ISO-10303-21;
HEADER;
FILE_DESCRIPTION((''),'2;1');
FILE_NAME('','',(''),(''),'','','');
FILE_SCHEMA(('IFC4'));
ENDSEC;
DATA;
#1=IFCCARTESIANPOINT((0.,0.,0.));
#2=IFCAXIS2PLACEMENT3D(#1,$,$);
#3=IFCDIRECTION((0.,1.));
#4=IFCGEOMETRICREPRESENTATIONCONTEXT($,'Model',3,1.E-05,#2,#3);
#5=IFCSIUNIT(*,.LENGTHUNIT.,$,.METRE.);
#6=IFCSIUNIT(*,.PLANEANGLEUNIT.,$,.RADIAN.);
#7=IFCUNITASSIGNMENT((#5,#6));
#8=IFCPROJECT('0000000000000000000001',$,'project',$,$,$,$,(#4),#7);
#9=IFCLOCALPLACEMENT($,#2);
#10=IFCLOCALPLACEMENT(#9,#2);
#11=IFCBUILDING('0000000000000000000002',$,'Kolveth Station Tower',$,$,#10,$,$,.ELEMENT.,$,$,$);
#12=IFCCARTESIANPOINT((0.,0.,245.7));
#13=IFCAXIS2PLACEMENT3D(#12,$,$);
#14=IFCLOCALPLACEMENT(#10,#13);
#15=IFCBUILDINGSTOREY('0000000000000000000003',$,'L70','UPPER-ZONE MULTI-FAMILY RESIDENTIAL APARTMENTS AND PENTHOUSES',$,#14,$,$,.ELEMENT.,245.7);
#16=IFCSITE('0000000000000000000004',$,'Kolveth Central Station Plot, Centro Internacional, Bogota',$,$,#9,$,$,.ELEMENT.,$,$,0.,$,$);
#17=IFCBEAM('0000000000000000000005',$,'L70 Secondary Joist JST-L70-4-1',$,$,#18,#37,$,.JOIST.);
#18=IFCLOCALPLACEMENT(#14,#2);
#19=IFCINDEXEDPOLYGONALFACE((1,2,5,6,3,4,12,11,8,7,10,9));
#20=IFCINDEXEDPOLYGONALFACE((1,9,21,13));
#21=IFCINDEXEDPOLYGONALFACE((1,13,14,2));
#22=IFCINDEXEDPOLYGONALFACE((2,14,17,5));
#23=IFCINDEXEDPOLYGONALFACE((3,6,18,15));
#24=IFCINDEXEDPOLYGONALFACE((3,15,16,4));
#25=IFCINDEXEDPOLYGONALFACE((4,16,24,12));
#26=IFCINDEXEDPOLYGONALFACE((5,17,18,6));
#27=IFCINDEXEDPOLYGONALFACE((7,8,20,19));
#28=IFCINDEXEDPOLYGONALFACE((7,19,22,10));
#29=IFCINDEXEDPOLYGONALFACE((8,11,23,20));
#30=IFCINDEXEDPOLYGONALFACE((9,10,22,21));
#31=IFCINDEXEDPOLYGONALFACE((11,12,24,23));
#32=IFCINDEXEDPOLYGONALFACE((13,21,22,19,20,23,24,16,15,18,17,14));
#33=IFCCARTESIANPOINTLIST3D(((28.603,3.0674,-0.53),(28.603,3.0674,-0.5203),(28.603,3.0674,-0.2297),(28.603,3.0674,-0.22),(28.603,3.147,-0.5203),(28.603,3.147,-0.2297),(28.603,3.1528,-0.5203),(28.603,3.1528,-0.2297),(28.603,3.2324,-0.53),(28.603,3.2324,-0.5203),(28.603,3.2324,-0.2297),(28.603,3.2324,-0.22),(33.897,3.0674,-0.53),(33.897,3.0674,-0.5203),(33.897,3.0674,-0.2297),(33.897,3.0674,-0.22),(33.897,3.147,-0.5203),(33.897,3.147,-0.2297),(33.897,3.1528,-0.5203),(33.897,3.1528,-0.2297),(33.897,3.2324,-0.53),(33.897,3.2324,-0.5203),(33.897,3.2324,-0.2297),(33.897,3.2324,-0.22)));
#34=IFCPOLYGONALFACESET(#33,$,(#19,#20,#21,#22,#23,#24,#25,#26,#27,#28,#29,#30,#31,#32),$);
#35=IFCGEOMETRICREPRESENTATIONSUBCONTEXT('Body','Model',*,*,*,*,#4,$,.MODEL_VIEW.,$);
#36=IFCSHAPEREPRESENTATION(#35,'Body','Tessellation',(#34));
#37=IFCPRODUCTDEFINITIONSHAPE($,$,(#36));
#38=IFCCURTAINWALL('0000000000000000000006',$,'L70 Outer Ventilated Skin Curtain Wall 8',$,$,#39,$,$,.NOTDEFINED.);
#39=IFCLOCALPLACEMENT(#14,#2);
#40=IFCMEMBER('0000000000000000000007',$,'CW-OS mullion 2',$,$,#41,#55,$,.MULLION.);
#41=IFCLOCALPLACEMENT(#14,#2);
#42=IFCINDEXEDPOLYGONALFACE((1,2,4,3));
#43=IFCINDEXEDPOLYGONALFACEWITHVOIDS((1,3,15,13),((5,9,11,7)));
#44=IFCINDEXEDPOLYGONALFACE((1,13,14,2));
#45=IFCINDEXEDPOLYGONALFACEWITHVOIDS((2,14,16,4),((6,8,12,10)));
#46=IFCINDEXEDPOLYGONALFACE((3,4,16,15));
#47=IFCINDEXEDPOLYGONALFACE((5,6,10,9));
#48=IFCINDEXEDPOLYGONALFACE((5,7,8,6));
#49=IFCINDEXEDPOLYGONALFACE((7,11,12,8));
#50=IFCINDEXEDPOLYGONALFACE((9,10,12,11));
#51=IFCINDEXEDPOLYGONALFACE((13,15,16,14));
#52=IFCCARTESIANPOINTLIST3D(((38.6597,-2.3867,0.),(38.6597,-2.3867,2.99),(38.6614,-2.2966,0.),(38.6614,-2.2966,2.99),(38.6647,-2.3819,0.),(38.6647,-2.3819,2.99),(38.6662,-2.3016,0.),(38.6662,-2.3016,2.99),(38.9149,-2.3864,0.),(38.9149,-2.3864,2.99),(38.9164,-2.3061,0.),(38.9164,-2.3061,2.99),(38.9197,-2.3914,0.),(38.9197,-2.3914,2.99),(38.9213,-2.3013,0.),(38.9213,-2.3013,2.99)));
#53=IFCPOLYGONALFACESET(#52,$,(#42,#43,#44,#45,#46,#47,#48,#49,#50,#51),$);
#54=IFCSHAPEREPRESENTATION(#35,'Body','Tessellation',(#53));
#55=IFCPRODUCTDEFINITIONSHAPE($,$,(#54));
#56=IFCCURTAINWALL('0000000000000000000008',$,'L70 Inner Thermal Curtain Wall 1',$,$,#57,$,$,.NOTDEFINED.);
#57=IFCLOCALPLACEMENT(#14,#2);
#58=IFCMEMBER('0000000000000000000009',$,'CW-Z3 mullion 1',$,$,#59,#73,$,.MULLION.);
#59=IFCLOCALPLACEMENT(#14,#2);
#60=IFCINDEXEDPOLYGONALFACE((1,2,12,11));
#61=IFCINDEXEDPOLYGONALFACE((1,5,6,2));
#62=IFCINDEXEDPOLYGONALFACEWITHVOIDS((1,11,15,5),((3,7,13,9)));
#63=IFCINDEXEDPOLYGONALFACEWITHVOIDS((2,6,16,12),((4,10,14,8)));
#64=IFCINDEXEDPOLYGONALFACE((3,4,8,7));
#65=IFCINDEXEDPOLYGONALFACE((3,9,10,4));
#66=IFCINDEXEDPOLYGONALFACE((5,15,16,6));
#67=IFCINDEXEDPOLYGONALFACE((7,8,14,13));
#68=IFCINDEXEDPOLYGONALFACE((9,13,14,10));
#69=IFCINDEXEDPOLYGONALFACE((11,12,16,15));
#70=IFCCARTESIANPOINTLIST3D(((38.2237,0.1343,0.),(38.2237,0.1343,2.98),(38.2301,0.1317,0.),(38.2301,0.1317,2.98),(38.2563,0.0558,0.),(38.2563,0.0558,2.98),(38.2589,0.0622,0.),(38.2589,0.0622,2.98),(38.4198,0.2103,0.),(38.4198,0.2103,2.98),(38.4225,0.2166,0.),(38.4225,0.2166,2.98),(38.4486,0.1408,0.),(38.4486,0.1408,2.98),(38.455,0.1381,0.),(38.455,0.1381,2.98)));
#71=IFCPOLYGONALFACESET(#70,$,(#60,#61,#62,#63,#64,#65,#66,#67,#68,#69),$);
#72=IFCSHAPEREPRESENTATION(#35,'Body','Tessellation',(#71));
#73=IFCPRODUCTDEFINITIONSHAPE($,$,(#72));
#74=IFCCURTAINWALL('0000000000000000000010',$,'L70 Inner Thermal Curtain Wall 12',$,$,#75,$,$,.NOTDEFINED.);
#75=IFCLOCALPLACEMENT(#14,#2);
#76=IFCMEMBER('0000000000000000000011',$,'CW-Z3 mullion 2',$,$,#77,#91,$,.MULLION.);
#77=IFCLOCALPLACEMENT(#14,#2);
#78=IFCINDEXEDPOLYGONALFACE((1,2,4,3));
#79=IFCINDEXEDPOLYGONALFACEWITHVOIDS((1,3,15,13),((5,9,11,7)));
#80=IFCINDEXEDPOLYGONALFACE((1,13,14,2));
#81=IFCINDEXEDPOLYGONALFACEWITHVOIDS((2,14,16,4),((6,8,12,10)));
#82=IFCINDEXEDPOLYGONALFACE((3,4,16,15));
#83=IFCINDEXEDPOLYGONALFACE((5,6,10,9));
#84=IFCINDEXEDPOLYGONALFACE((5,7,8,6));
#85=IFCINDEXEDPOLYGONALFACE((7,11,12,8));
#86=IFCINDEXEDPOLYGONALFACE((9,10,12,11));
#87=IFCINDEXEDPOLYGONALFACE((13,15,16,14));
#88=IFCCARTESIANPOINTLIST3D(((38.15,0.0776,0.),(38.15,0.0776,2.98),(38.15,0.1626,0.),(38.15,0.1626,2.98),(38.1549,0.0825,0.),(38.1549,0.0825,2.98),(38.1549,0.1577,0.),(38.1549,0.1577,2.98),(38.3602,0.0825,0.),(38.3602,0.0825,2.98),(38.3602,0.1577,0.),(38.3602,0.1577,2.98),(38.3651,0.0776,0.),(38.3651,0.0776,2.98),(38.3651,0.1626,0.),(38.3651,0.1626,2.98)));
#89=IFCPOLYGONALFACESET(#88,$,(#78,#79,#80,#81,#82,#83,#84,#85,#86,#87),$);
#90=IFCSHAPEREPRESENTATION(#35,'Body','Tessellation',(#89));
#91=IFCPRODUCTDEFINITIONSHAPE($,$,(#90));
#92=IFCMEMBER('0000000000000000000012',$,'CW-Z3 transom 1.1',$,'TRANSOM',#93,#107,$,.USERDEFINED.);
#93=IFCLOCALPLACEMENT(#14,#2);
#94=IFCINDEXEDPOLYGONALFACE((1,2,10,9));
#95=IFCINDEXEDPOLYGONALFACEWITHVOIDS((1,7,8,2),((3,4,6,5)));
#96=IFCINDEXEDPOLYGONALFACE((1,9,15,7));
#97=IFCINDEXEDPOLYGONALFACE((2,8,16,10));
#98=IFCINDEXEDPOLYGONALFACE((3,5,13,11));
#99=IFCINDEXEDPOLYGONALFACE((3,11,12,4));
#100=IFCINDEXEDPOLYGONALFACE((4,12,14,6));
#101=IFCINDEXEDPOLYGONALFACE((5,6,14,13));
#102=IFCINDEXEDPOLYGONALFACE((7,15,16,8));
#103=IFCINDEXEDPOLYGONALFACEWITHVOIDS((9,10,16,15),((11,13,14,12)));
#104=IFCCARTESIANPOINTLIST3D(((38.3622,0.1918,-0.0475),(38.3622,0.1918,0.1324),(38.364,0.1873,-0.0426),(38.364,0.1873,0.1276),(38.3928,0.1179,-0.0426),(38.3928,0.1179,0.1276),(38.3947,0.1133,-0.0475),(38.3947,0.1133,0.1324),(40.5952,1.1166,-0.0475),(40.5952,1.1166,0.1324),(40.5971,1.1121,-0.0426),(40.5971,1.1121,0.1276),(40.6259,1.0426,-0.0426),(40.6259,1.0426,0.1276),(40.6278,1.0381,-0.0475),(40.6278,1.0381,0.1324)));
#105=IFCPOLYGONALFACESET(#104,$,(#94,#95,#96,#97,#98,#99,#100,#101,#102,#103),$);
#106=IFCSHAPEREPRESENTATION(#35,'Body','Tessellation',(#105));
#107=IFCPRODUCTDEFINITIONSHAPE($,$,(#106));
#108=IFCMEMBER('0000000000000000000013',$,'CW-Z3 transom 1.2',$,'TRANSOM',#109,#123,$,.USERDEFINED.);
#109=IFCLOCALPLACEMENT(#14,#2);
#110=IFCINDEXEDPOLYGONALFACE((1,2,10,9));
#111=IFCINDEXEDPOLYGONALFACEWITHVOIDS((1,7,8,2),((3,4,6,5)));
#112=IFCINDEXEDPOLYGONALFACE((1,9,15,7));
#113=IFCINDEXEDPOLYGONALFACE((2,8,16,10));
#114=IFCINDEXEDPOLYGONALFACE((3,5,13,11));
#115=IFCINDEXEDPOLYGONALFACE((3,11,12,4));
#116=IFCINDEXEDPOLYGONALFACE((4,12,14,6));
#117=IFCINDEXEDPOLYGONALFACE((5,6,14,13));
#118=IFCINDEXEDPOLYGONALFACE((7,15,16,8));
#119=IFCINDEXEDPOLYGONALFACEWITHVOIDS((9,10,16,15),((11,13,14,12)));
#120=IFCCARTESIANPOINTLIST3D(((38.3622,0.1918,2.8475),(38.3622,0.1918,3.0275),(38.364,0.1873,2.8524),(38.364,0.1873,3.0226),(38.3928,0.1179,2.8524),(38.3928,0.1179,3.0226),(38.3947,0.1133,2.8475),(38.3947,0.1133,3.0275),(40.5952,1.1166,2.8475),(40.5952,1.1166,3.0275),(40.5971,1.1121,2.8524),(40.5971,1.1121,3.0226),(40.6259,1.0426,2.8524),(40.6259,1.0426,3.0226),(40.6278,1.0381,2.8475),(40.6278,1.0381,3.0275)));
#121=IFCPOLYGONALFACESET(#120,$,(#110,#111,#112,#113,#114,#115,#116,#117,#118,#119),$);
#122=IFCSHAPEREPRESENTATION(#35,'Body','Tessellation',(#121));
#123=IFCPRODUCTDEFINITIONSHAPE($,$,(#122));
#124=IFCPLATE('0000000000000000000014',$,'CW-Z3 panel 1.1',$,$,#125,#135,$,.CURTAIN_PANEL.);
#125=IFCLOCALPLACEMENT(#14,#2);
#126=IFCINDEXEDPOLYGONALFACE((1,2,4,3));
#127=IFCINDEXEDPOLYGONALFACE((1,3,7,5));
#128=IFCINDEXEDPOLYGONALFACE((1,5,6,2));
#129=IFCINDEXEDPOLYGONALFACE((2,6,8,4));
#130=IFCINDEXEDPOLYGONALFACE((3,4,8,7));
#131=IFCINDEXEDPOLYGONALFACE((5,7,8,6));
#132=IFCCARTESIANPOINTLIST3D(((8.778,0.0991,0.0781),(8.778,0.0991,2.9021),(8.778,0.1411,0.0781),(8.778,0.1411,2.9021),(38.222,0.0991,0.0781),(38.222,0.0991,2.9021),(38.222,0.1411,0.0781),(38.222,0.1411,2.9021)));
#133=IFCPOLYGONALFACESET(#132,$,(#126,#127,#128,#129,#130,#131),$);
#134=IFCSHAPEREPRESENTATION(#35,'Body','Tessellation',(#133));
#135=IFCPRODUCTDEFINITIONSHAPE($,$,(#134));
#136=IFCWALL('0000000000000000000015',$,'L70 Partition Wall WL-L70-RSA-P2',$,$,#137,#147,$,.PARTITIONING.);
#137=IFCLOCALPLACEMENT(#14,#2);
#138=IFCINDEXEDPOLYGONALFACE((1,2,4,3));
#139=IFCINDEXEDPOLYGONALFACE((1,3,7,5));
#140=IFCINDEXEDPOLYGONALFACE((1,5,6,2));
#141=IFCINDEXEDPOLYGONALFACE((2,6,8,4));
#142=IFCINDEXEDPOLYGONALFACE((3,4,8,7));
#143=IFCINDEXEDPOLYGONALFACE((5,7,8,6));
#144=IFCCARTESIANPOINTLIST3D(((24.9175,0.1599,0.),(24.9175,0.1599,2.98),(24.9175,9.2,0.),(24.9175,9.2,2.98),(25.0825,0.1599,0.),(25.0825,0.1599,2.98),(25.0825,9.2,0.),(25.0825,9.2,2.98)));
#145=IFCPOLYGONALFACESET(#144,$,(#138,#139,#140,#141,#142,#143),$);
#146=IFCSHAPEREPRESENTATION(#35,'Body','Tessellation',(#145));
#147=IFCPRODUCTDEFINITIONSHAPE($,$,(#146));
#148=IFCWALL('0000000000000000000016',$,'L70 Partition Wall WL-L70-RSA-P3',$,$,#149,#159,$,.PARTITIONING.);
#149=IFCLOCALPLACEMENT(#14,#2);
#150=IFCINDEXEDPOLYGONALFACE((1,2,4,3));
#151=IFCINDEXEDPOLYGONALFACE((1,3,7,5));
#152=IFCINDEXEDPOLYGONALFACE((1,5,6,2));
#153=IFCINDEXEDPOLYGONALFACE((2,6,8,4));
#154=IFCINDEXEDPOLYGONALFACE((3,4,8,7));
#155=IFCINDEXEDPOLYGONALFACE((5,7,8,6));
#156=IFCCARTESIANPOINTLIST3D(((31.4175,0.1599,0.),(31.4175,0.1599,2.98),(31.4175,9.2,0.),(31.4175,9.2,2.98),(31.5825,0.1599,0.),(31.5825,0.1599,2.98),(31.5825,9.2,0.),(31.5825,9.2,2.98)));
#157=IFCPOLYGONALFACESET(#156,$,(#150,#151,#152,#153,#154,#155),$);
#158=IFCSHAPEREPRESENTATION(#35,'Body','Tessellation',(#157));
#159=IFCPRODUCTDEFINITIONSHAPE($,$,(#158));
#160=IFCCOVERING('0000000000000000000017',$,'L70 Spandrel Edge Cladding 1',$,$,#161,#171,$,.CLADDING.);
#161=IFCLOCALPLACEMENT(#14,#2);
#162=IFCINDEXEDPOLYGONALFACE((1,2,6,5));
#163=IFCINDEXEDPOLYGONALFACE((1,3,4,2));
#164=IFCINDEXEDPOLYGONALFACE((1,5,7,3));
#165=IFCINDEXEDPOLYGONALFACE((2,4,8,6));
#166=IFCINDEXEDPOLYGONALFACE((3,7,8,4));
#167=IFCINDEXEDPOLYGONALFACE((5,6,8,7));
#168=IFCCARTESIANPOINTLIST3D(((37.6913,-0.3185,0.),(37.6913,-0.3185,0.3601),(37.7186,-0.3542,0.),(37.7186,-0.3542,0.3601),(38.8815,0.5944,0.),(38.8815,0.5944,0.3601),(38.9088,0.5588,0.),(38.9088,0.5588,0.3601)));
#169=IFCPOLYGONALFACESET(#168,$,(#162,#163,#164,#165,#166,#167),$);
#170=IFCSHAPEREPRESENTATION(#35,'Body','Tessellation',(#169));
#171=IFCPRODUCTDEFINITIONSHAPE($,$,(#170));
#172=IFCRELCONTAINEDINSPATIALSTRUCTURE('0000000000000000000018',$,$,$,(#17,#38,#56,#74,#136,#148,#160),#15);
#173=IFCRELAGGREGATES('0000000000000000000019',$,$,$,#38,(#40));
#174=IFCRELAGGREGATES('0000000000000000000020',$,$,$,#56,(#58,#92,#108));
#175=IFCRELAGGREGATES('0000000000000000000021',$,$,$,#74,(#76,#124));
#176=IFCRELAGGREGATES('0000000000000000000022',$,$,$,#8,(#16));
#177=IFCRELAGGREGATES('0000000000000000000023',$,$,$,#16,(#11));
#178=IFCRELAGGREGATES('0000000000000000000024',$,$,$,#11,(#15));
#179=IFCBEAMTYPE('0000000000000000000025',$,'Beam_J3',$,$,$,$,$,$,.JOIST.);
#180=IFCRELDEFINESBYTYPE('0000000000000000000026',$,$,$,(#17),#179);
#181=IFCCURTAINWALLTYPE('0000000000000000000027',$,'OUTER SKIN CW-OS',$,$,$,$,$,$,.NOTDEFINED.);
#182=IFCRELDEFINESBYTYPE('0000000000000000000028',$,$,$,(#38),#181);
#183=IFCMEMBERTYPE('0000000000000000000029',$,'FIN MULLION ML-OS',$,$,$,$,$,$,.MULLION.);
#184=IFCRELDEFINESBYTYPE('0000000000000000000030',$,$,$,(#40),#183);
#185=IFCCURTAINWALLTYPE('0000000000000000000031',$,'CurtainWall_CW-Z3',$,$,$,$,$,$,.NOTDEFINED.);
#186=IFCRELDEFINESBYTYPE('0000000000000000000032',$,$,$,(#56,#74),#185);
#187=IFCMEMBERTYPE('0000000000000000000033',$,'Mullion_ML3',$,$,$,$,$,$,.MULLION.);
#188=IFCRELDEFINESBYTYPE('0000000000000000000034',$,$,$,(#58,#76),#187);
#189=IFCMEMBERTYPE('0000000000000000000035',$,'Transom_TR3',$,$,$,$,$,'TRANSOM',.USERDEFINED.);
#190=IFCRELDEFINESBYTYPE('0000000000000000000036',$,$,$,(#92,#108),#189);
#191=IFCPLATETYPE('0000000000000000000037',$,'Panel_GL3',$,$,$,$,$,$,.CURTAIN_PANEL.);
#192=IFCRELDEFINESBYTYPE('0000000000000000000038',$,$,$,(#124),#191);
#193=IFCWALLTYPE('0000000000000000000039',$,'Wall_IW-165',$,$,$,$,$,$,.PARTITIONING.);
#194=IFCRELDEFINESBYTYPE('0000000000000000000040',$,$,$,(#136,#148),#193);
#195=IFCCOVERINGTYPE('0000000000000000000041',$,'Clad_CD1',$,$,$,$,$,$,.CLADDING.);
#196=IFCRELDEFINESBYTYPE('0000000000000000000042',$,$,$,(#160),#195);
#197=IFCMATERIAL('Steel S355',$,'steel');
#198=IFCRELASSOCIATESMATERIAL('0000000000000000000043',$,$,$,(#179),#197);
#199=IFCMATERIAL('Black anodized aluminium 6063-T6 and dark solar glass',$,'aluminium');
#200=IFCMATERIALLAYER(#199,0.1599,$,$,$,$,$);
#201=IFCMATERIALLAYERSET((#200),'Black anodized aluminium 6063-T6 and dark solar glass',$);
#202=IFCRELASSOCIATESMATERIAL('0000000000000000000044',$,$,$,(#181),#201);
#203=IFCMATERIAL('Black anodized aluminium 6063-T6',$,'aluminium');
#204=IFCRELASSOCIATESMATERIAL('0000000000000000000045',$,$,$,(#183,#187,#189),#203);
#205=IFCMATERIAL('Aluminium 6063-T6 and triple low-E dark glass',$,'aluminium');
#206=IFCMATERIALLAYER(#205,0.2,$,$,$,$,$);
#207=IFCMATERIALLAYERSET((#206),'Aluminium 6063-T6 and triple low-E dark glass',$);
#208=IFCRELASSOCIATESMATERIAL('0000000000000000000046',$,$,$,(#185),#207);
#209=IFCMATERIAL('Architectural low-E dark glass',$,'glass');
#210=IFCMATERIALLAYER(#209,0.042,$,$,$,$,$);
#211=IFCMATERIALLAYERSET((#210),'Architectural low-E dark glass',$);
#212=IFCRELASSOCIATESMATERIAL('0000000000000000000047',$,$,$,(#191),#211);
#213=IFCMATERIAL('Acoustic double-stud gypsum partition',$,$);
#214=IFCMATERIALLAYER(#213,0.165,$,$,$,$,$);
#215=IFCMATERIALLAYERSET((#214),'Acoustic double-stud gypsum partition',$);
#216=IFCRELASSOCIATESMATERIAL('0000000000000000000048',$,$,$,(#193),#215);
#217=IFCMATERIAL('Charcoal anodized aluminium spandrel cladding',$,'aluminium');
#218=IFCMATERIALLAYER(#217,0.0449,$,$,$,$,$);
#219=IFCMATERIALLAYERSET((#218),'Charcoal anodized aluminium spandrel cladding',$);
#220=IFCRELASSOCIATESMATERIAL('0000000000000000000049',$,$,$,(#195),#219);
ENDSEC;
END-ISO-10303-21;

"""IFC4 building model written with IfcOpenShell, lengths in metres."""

from ifc_helpers import new_model, si_unit, direction, frame, frame_2d, origin, origin_2d, place, context, subcontext, project, spatial, rectangle, hollow_rectangle, i_section, extrude, source, transform, mapped, material, layer, layer_set, material_profile, profile_set, type_object, element, aggregate, save


model = new_model("IFC4")

# Units and contexts
model_context = context("Model", 3, precision=1e-05, world=origin(), true_north=direction((0.0, 1.0)))
body_context = subcontext(model_context, "Body", "Model", "MODEL_VIEW")
ifc_project = project(units=[si_unit("LENGTHUNIT", "METRE"), si_unit("PLANEANGLEUNIT", "RADIAN")], contexts=[model_context])

# Site, building, storey
site_placement = place(None, origin())
site = spatial("IfcSite", under=ifc_project, at=site_placement, Name="Kolveth Central Station Plot, Centro Internacional, Bogota", CompositionType="ELEMENT", RefElevation=0.0)
building_placement = place(site_placement, origin())
building = spatial("IfcBuilding", under=site, at=building_placement, Name="Kolveth Station Tower", CompositionType="ELEMENT")
storey_placement = place(building_placement, frame((0.0, 0.0, 245.7)))
storey = spatial("IfcBuildingStorey", under=building, at=storey_placement, Name="L70", Description="UPPER-ZONE MULTI-FAMILY RESIDENTIAL APARTMENTS AND PENTHOUSES", CompositionType="ELEMENT", Elevation=245.7)

# Shared definitions
ifc_material_1 = material(Name="Steel S355", Category="steel")

# Beam
ifc_material_profile_1 = material_profile(ifc_material_1, i_section(OverallWidth=0.165, OverallDepth=0.3101, WebThickness=0.0059, FlangeThickness=0.0098, at=origin_2d()), Name="W310x39")
ifc_profile_set_1 = profile_set([ifc_material_profile_1], Name="Steel S355")
beam_type_1 = type_object("IfcBeamType", Name="Beam_J3", PredefinedType="JOIST", material=ifc_profile_set_1)
shared_shape_1 = source(origin(), body_context, "Body", "SweptSolid", [
    extrude(i_section(OverallWidth=0.165, OverallDepth=0.3101, WebThickness=0.0059, FlangeThickness=0.0098, at=origin_2d()), origin(), (0.0, 0.0, 1.0), 5.2939),
])
beam_1_placement = place(storey_placement, frame((28.603, 3.1499, -0.375), z_axis=(1.0, 0.0, 0.0), x_axis=(0.0, 1.0, 0.0)))
element("IfcBeam", 1, at=beam_1_placement, inside=storey, type_object=beam_type_1, Name="L70 Secondary Joist JST-L70-4-1", PredefinedType="JOIST", context=body_context, shape_type="MappedRepresentation", body=[
    mapped(shared_shape_1, transform((0.0, 0.0, 0.0), x_axis=(1.0, 0.0, 0.0), y_axis=(0.0, 1.0, 0.0), z_axis=(0.0, 0.0, 1.0), scale=1.0)),
])

# Curtain walls, members
ifc_material_2 = material(Name="Black anodized aluminium 6063-T6 and dark solar glass", Category="aluminium")
ifc_layer_1 = layer(ifc_material_2, 0.1599)
ifc_layer_set_1 = layer_set([ifc_layer_1], Name="Black anodized aluminium 6063-T6 and dark solar glass")
curtain_wall_type_1 = type_object("IfcCurtainWallType", Name="OUTER SKIN CW-OS", PredefinedType="NOTDEFINED", material=ifc_layer_set_1)
curtain_wall_1_placement = place(storey_placement, origin())
curtain_wall_1 = element("IfcCurtainWall", 2, at=curtain_wall_1_placement, inside=storey, type_object=curtain_wall_type_1, Name="L70 Outer Ventilated Skin Curtain Wall 8", PredefinedType="NOTDEFINED")
ifc_material_3 = material(Name="Black anodized aluminium 6063-T6", Category="aluminium")
ifc_material_profile_2 = material_profile(ifc_material_3, hollow_rectangle(XDim=0.0901, YDim=0.26, WallThickness=0.0049, at=origin_2d()), Name="ALU-90x260x5")
ifc_profile_set_2 = profile_set([ifc_material_profile_2], Name="Black anodized aluminium 6063-T6")
member_type_1 = type_object("IfcMemberType", Name="FIN MULLION ML-OS", PredefinedType="MULLION", material=ifc_profile_set_2)
shared_shape_2 = source(origin(), body_context, "Body", "SweptSolid", [
    extrude(hollow_rectangle(XDim=0.0901, YDim=0.26, WallThickness=0.0049, at=origin_2d()), origin(), (0.0, 0.0, 1.0), 2.99),
])
member_1_placement = place(storey_placement, frame((38.7905, -2.344, 0.0), z_axis=(0.0, 0.0, 1.0), x_axis=(0.018288, 0.999833, 0.0)))
member_1 = element("IfcMember", 3, at=member_1_placement, type_object=member_type_1, Name="CW-OS mullion 2", PredefinedType="MULLION", context=body_context, shape_type="MappedRepresentation", body=[
    mapped(shared_shape_2, transform((0.0, 0.0, 0.0), x_axis=(1.0, 0.0, 0.0), y_axis=(0.0, 1.0, 0.0), z_axis=(0.0, 0.0, 1.0), scale=1.0)),
])
aggregate(curtain_wall_1, [member_1])
ifc_material_4 = material(Name="Aluminium 6063-T6 and triple low-E dark glass", Category="aluminium")
ifc_layer_2 = layer(ifc_material_4, 0.2)
ifc_layer_set_2 = layer_set([ifc_layer_2], Name="Aluminium 6063-T6 and triple low-E dark glass")
curtain_wall_type_2 = type_object("IfcCurtainWallType", Name="CurtainWall_CW-Z3", PredefinedType="NOTDEFINED", material=ifc_layer_set_2)
curtain_wall_2_placement = place(storey_placement, origin())
curtain_wall_2 = element("IfcCurtainWall", 4, at=curtain_wall_2_placement, inside=storey, type_object=curtain_wall_type_2, Name="L70 Inner Thermal Curtain Wall 1", PredefinedType="NOTDEFINED")
ifc_material_profile_3 = material_profile(ifc_material_3, hollow_rectangle(XDim=0.085, YDim=0.2151, WallThickness=0.0049, at=origin_2d()), Name="ALU-85x215x5")
ifc_profile_set_3 = profile_set([ifc_material_profile_3], Name="Black anodized aluminium 6063-T6")
member_type_2 = type_object("IfcMemberType", Name="Mullion_ML3", PredefinedType="MULLION", material=ifc_profile_set_3)
shared_shape_3 = source(origin(), body_context, "Body", "SweptSolid", [
    extrude(hollow_rectangle(XDim=0.085, YDim=0.2151, WallThickness=0.0049, at=origin_2d()), origin(), (0.0, 0.0, 1.0), 2.98),
])
member_2_placement = place(storey_placement, frame((38.3394, 0.1362, 0.0), z_axis=(0.0, 0.0, 1.0), x_axis=(-0.382693, 0.923875, 0.0)))
member_2 = element("IfcMember", 5, at=member_2_placement, type_object=member_type_2, Name="CW-Z3 mullion 1", PredefinedType="MULLION", context=body_context, shape_type="MappedRepresentation", body=[
    mapped(shared_shape_3, transform((0.0, 0.0, 0.0), x_axis=(1.0, 0.0, 0.0), y_axis=(0.0, 1.0, 0.0), z_axis=(0.0, 0.0, 1.0), scale=1.0)),
])
curtain_wall_3_placement = place(storey_placement, origin())
curtain_wall_3 = element("IfcCurtainWall", 6, at=curtain_wall_3_placement, inside=storey, type_object=curtain_wall_type_2, Name="L70 Inner Thermal Curtain Wall 12", PredefinedType="NOTDEFINED")
member_3_placement = place(storey_placement, frame((38.2576, 0.1201, 0.0), z_axis=(0.0, 0.0, 1.0), x_axis=(0.0, 1.0, 0.0)))
member_3 = element("IfcMember", 7, at=member_3_placement, type_object=member_type_2, Name="CW-Z3 mullion 2", PredefinedType="MULLION", context=body_context, shape_type="MappedRepresentation", body=[
    mapped(shared_shape_3, transform((0.0, 0.0, 0.0), x_axis=(1.0, 0.0, 0.0), y_axis=(0.0, 1.0, 0.0), z_axis=(0.0, 0.0, 1.0), scale=1.0)),
])

# Members
ifc_material_profile_4 = material_profile(ifc_material_3, hollow_rectangle(XDim=0.085, YDim=0.1799, WallThickness=0.0049, at=origin_2d()), Name="ALU-85x180x5")
ifc_profile_set_4 = profile_set([ifc_material_profile_4], Name="Black anodized aluminium 6063-T6")
member_type_3 = type_object("IfcMemberType", Name="Transom_TR3", ElementType="TRANSOM", PredefinedType="USERDEFINED", material=ifc_profile_set_4)
shared_shape_4 = source(origin(), body_context, "Body", "SweptSolid", [
    extrude(hollow_rectangle(XDim=0.085, YDim=0.1799, WallThickness=0.0049, at=origin_2d()), origin(), (0.0, 0.0, 1.0), 2.417),
])
member_4_placement = place(storey_placement, frame((38.3784, 0.1526, 0.0425), z_axis=(0.923909, 0.382613, 0.0), x_axis=(-0.382613, 0.923909, 0.0)))
member_4 = element("IfcMember", 8, at=member_4_placement, type_object=member_type_3, Name="CW-Z3 transom 1.1", ObjectType="TRANSOM", PredefinedType="USERDEFINED", context=body_context, shape_type="MappedRepresentation", body=[
    mapped(shared_shape_4, transform((0.0, 0.0, 0.0), x_axis=(1.0, 0.0, 0.0), y_axis=(0.0, 1.0, 0.0), z_axis=(0.0, 0.0, 1.0), scale=1.0)),
])
member_5_placement = place(storey_placement, frame((38.3784, 0.1526, 2.9375), z_axis=(0.923909, 0.382613, 0.0), x_axis=(-0.382613, 0.923909, 0.0)))
member_5 = element("IfcMember", 9, at=member_5_placement, type_object=member_type_3, Name="CW-Z3 transom 1.2", ObjectType="TRANSOM", PredefinedType="USERDEFINED", context=body_context, shape_type="MappedRepresentation", body=[
    mapped(shared_shape_4, transform((0.0, 0.0, 0.0), x_axis=(1.0, 0.0, 0.0), y_axis=(0.0, 1.0, 0.0), z_axis=(0.0, 0.0, 1.0), scale=1.0)),
])
aggregate(curtain_wall_2, [member_2, member_4, member_5])

# Plate
ifc_material_5 = material(Name="Architectural low-E dark glass", Category="glass")
ifc_layer_3 = layer(ifc_material_5, 0.042)
ifc_layer_set_3 = layer_set([ifc_layer_3], Name="Architectural low-E dark glass")
plate_type = type_object("IfcPlateType", Name="Panel_GL3", PredefinedType="CURTAIN_PANEL", material=ifc_layer_set_3)
shared_shape_5 = source(origin(), body_context, "Body", "SweptSolid", [
    extrude(rectangle(XDim=29.4441, YDim=0.042, at=origin_2d()), origin(), (0.0, 0.0, 1.0), 2.824),
])
plate_placement = place(storey_placement, frame((23.5, 0.1201, 0.0781), z_axis=(0.0, 0.0, 1.0), x_axis=(1.0, 0.0, 0.0)))
plate = element("IfcPlate", 10, at=plate_placement, type_object=plate_type, Name="CW-Z3 panel 1.1", PredefinedType="CURTAIN_PANEL", context=body_context, shape_type="MappedRepresentation", body=[
    mapped(shared_shape_5, transform((0.0, 0.0, 0.0), x_axis=(1.0, 0.0, 0.0), y_axis=(0.0, 1.0, 0.0), z_axis=(0.0, 0.0, 1.0), scale=1.0)),
])
aggregate(curtain_wall_3, [member_3, plate])

# Walls
ifc_material_6 = material(Name="Acoustic double-stud gypsum partition")
ifc_layer_4 = layer(ifc_material_6, 0.165)
ifc_layer_set_4 = layer_set([ifc_layer_4], Name="Acoustic double-stud gypsum partition")
wall_type = type_object("IfcWallType", Name="Wall_IW-165", PredefinedType="PARTITIONING", material=ifc_layer_set_4)
for number, where, z_axis, x_axis, name in (
    (11, (25.0, 0.1599, 0.0), (0.0, 0.0, 1.0), (0.0, 1.0, 0.0), "L70 Partition Wall WL-L70-RSA-P2"),
    (12, (31.5, 0.1599, 0.0), (0.0, 0.0, 1.0), (0.0, 1.0, 0.0), "L70 Partition Wall WL-L70-RSA-P3"),
):
    element("IfcWall", number, at=place(storey_placement, frame(where, z_axis=z_axis, x_axis=x_axis)), inside=storey, type_object=wall_type, Name=name, PredefinedType="PARTITIONING", context=body_context, shape_type="SweptSolid", body=[
        extrude(rectangle(XDim=9.04, YDim=0.165, at=frame_2d((4.52, 0.0))), origin(), (0.0, 0.0, 1.0), 2.98),
    ])

# Covering
ifc_material_7 = material(Name="Charcoal anodized aluminium spandrel cladding", Category="aluminium")
ifc_layer_5 = layer(ifc_material_7, 0.0449)
ifc_layer_set_5 = layer_set([ifc_layer_5], Name="Charcoal anodized aluminium spandrel cladding")
covering_type = type_object("IfcCoveringType", Name="Clad_CD1", PredefinedType="CLADDING", material=ifc_layer_set_5)
shared_shape_6 = source(origin(), body_context, "Body", "SweptSolid", [
    extrude(rectangle(XDim=1.5, YDim=0.0449, at=origin_2d()), origin(), (0.0, 0.0, 1.0), 0.3601),
])
covering_placement = place(storey_placement, frame((38.3, 0.1201, 0.0), z_axis=(0.0, 0.0, 1.0), x_axis=(0.79346, 0.608623, 0.0)))
element("IfcCovering", 13, at=covering_placement, inside=storey, type_object=covering_type, Name="L70 Spandrel Edge Cladding 1", PredefinedType="CLADDING", context=body_context, shape_type="MappedRepresentation", body=[
    mapped(shared_shape_6, transform((0.0, 0.0, 0.0), x_axis=(1.0, 0.0, 0.0), y_axis=(0.0, 1.0, 0.0), z_axis=(0.0, 0.0, 1.0), scale=1.0)),
])

save(model, "model.ifc")
